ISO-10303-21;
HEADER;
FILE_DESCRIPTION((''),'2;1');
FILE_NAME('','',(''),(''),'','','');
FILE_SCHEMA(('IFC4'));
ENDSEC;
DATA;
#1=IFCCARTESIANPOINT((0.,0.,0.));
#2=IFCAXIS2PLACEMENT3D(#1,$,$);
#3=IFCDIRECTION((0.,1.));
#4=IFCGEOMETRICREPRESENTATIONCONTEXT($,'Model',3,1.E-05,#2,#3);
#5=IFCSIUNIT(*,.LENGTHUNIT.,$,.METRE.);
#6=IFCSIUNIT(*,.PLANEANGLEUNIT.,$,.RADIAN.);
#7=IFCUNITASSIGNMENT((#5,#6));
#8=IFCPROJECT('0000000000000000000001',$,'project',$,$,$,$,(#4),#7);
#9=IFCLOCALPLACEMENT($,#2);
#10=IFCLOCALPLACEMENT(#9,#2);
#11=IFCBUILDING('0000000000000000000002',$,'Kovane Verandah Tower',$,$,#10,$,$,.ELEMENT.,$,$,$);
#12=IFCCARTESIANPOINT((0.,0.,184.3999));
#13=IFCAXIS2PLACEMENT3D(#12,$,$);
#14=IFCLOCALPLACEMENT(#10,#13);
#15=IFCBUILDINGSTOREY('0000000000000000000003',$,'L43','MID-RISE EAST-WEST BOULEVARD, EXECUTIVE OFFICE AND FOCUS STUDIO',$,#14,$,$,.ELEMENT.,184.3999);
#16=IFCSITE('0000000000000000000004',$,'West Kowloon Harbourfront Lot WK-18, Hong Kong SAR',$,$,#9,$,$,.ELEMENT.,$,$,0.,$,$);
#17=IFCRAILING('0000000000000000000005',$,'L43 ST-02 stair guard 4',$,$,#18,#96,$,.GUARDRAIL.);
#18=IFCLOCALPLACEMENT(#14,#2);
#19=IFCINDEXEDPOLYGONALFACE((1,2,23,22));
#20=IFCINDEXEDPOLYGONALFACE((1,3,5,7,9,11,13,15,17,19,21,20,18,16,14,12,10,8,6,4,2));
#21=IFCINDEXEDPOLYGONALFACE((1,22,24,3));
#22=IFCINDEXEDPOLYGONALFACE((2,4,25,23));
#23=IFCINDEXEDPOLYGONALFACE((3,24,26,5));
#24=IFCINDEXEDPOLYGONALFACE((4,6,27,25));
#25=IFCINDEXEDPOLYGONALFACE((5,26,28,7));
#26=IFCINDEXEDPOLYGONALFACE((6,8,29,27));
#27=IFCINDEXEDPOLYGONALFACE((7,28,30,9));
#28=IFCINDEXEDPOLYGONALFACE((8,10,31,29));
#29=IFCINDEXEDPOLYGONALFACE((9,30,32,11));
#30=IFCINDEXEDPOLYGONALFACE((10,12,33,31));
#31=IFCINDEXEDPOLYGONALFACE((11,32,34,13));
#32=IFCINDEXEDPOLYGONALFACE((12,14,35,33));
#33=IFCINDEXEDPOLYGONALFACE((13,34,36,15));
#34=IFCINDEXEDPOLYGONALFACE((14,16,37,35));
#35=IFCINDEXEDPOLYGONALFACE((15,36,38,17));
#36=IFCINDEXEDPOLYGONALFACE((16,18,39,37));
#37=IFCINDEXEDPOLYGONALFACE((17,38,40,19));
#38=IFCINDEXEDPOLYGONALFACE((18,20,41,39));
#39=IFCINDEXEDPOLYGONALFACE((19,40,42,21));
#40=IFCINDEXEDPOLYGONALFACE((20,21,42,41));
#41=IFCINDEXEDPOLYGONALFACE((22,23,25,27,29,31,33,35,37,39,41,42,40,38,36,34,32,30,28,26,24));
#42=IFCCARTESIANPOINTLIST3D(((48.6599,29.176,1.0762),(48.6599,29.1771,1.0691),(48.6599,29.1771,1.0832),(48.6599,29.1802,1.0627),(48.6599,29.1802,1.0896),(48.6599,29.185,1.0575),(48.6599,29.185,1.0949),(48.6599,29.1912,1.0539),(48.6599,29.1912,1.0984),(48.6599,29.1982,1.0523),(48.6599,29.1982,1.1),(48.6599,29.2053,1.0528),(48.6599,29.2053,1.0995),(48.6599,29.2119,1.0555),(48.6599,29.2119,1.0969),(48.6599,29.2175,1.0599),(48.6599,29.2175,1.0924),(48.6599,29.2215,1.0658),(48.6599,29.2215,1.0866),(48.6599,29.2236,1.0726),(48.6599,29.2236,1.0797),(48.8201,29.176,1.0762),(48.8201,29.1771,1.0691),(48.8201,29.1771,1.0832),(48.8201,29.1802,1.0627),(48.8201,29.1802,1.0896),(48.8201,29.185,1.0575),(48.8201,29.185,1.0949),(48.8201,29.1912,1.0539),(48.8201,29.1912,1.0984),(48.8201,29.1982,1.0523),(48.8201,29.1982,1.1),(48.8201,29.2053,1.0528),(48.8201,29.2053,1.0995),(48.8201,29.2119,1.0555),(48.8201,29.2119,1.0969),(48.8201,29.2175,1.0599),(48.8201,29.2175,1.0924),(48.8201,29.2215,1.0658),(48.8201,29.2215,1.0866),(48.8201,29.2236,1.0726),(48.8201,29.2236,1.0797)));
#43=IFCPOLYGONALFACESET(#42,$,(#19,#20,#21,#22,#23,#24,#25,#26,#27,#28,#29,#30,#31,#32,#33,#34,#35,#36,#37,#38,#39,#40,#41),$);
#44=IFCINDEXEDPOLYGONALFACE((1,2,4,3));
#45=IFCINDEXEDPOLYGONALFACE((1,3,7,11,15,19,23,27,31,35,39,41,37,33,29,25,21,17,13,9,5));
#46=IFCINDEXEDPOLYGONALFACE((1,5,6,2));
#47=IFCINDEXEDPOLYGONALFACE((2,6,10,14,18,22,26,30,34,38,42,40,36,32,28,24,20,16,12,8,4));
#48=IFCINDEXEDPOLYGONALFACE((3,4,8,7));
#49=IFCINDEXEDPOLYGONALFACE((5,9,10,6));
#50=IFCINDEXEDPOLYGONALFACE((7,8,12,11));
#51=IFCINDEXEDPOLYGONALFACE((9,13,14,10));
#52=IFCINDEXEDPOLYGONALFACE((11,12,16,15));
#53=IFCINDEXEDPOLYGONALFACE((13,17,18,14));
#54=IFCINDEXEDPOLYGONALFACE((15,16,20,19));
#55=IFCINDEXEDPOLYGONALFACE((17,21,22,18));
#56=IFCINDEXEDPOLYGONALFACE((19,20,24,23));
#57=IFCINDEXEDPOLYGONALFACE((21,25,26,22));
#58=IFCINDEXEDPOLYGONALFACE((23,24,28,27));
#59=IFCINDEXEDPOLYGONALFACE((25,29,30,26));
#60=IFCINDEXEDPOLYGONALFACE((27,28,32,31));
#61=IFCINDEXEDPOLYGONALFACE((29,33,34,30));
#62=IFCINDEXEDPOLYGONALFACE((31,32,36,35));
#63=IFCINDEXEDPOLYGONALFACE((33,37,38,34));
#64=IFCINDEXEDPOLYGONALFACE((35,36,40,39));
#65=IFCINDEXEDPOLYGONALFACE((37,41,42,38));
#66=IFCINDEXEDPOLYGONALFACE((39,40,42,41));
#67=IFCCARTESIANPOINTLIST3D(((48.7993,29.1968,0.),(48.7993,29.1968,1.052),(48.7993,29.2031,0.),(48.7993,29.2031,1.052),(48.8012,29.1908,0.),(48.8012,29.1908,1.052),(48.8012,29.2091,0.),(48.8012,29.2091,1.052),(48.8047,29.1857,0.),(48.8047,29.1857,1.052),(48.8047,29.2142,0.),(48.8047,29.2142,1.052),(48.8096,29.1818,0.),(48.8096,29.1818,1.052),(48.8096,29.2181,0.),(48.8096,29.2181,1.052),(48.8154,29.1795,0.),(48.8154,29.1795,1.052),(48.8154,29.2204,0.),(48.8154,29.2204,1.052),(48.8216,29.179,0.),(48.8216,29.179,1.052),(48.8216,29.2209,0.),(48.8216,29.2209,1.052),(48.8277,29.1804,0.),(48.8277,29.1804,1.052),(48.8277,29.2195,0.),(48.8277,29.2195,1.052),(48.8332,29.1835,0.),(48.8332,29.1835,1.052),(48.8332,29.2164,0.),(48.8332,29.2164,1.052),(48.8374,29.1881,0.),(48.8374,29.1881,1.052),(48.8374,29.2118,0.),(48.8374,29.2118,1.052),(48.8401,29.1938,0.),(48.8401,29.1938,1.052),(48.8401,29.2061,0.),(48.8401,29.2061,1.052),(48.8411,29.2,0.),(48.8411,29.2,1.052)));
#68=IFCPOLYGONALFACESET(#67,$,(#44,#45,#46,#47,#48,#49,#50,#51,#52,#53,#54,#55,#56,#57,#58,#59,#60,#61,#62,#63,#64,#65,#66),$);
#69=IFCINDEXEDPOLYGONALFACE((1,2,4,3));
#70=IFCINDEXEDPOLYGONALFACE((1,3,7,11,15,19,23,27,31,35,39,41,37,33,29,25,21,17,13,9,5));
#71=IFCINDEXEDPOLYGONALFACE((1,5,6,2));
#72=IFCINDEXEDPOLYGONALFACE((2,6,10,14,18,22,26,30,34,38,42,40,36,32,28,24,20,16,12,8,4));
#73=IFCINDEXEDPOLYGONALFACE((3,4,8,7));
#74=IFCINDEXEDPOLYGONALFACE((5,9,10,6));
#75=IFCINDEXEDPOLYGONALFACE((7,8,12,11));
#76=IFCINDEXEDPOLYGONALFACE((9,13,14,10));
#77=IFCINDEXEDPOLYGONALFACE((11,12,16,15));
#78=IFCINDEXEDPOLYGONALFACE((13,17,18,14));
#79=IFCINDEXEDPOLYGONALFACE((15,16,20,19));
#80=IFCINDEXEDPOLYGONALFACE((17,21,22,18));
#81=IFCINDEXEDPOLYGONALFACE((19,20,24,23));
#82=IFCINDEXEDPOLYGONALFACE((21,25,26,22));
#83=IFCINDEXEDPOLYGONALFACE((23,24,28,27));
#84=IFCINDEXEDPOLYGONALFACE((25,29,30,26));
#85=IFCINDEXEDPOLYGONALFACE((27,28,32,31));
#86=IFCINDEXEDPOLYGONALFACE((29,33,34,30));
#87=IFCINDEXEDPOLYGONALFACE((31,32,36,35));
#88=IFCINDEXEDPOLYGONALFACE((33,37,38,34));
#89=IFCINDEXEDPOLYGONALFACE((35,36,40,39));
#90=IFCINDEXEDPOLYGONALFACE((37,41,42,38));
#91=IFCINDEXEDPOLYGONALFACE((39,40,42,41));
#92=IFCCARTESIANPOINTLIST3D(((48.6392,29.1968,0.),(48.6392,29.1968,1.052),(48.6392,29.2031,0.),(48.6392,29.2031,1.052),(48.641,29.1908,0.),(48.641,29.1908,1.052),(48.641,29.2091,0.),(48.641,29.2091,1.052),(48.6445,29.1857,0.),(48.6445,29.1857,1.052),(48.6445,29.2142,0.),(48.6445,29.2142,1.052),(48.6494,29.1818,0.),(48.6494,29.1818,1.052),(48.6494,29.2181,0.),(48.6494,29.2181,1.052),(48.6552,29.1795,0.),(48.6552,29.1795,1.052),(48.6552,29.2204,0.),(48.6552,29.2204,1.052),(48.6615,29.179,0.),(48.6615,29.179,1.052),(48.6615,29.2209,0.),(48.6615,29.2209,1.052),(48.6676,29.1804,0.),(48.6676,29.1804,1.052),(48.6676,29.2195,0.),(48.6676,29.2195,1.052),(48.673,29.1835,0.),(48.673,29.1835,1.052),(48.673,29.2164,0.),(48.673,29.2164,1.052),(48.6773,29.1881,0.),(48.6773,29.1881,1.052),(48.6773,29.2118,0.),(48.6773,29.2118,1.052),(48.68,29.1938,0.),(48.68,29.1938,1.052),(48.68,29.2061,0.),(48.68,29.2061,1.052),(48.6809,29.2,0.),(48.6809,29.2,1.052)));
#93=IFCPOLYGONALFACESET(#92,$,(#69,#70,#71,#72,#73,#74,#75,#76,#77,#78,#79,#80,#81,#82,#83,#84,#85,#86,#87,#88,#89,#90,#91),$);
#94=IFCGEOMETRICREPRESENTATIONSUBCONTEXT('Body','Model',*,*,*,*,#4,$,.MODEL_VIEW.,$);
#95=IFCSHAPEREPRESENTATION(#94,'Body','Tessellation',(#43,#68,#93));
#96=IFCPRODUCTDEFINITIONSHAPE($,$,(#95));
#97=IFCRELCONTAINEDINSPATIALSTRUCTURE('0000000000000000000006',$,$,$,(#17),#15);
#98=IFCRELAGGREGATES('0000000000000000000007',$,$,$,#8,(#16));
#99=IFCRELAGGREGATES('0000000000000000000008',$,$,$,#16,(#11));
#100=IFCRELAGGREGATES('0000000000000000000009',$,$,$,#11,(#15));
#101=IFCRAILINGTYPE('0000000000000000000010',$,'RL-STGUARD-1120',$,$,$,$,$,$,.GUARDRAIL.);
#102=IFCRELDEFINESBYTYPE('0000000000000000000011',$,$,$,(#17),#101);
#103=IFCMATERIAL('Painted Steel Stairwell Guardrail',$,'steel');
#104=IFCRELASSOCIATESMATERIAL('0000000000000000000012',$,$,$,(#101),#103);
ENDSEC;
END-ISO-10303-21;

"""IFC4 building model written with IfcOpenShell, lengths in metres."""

from ifc_helpers import new_model, si_unit, direction, frame, origin, origin_2d, place, context, subcontext, project, spatial, circle, extrude, material, type_object, element, save


model = new_model("IFC4")

# Units and contexts
model_context = context("Model", 3, precision=1e-05, world=origin(), true_north=direction((0.0, 1.0)))
body_context = subcontext(model_context, "Body", "Model", "MODEL_VIEW")
ifc_project = project(units=[si_unit("LENGTHUNIT", "METRE"), si_unit("PLANEANGLEUNIT", "RADIAN")], contexts=[model_context])

# Site, building, storey
site_placement = place(None, origin())
site = spatial("IfcSite", under=ifc_project, at=site_placement, Name="West Kowloon Harbourfront Lot WK-18, Hong Kong SAR", CompositionType="ELEMENT", RefElevation=0.0)
building_placement = place(site_placement, origin())
building = spatial("IfcBuilding", under=site, at=building_placement, Name="Kovane Verandah Tower", CompositionType="ELEMENT")
storey_placement = place(building_placement, frame((0.0, 0.0, 184.3999)))
storey = spatial("IfcBuildingStorey", under=building, at=storey_placement, Name="L43", Description="MID-RISE EAST-WEST BOULEVARD, EXECUTIVE OFFICE AND FOCUS STUDIO", CompositionType="ELEMENT", Elevation=184.3999)

# Railing
ifc_material_1 = material(Name="Painted Steel Stairwell Guardrail", Category="steel")
railing_type_1 = type_object("IfcRailingType", Name="RL-STGUARD-1120", PredefinedType="GUARDRAIL", material=ifc_material_1)
railing_1_placement = place(storey_placement, frame((48.8201, 29.2, 0.0)))
element("IfcRailing", 1, at=railing_1_placement, inside=storey, type_object=railing_type_1, Name="L43 ST-02 stair guard 4", PredefinedType="GUARDRAIL", context=body_context, shape_type="SweptSolid", body=[
    extrude(circle(Radius=0.0239, at=origin_2d()), frame((0.0, 0.0, 1.0762), z_axis=(-1.0, 0.0, 0.0), x_axis=(0.0, -1.0, 0.0)), (0.0, 0.0, 1.0), 0.1602),
    extrude(circle(Radius=0.021, at=origin_2d()), origin(), (0.0, 0.0, 1.0), 1.052),
    extrude(circle(Radius=0.021, at=origin_2d()), frame((-0.1602, 0.0, 0.0)), (0.0, 0.0, 1.0), 1.052),
])

save(model, "model.ifc")
